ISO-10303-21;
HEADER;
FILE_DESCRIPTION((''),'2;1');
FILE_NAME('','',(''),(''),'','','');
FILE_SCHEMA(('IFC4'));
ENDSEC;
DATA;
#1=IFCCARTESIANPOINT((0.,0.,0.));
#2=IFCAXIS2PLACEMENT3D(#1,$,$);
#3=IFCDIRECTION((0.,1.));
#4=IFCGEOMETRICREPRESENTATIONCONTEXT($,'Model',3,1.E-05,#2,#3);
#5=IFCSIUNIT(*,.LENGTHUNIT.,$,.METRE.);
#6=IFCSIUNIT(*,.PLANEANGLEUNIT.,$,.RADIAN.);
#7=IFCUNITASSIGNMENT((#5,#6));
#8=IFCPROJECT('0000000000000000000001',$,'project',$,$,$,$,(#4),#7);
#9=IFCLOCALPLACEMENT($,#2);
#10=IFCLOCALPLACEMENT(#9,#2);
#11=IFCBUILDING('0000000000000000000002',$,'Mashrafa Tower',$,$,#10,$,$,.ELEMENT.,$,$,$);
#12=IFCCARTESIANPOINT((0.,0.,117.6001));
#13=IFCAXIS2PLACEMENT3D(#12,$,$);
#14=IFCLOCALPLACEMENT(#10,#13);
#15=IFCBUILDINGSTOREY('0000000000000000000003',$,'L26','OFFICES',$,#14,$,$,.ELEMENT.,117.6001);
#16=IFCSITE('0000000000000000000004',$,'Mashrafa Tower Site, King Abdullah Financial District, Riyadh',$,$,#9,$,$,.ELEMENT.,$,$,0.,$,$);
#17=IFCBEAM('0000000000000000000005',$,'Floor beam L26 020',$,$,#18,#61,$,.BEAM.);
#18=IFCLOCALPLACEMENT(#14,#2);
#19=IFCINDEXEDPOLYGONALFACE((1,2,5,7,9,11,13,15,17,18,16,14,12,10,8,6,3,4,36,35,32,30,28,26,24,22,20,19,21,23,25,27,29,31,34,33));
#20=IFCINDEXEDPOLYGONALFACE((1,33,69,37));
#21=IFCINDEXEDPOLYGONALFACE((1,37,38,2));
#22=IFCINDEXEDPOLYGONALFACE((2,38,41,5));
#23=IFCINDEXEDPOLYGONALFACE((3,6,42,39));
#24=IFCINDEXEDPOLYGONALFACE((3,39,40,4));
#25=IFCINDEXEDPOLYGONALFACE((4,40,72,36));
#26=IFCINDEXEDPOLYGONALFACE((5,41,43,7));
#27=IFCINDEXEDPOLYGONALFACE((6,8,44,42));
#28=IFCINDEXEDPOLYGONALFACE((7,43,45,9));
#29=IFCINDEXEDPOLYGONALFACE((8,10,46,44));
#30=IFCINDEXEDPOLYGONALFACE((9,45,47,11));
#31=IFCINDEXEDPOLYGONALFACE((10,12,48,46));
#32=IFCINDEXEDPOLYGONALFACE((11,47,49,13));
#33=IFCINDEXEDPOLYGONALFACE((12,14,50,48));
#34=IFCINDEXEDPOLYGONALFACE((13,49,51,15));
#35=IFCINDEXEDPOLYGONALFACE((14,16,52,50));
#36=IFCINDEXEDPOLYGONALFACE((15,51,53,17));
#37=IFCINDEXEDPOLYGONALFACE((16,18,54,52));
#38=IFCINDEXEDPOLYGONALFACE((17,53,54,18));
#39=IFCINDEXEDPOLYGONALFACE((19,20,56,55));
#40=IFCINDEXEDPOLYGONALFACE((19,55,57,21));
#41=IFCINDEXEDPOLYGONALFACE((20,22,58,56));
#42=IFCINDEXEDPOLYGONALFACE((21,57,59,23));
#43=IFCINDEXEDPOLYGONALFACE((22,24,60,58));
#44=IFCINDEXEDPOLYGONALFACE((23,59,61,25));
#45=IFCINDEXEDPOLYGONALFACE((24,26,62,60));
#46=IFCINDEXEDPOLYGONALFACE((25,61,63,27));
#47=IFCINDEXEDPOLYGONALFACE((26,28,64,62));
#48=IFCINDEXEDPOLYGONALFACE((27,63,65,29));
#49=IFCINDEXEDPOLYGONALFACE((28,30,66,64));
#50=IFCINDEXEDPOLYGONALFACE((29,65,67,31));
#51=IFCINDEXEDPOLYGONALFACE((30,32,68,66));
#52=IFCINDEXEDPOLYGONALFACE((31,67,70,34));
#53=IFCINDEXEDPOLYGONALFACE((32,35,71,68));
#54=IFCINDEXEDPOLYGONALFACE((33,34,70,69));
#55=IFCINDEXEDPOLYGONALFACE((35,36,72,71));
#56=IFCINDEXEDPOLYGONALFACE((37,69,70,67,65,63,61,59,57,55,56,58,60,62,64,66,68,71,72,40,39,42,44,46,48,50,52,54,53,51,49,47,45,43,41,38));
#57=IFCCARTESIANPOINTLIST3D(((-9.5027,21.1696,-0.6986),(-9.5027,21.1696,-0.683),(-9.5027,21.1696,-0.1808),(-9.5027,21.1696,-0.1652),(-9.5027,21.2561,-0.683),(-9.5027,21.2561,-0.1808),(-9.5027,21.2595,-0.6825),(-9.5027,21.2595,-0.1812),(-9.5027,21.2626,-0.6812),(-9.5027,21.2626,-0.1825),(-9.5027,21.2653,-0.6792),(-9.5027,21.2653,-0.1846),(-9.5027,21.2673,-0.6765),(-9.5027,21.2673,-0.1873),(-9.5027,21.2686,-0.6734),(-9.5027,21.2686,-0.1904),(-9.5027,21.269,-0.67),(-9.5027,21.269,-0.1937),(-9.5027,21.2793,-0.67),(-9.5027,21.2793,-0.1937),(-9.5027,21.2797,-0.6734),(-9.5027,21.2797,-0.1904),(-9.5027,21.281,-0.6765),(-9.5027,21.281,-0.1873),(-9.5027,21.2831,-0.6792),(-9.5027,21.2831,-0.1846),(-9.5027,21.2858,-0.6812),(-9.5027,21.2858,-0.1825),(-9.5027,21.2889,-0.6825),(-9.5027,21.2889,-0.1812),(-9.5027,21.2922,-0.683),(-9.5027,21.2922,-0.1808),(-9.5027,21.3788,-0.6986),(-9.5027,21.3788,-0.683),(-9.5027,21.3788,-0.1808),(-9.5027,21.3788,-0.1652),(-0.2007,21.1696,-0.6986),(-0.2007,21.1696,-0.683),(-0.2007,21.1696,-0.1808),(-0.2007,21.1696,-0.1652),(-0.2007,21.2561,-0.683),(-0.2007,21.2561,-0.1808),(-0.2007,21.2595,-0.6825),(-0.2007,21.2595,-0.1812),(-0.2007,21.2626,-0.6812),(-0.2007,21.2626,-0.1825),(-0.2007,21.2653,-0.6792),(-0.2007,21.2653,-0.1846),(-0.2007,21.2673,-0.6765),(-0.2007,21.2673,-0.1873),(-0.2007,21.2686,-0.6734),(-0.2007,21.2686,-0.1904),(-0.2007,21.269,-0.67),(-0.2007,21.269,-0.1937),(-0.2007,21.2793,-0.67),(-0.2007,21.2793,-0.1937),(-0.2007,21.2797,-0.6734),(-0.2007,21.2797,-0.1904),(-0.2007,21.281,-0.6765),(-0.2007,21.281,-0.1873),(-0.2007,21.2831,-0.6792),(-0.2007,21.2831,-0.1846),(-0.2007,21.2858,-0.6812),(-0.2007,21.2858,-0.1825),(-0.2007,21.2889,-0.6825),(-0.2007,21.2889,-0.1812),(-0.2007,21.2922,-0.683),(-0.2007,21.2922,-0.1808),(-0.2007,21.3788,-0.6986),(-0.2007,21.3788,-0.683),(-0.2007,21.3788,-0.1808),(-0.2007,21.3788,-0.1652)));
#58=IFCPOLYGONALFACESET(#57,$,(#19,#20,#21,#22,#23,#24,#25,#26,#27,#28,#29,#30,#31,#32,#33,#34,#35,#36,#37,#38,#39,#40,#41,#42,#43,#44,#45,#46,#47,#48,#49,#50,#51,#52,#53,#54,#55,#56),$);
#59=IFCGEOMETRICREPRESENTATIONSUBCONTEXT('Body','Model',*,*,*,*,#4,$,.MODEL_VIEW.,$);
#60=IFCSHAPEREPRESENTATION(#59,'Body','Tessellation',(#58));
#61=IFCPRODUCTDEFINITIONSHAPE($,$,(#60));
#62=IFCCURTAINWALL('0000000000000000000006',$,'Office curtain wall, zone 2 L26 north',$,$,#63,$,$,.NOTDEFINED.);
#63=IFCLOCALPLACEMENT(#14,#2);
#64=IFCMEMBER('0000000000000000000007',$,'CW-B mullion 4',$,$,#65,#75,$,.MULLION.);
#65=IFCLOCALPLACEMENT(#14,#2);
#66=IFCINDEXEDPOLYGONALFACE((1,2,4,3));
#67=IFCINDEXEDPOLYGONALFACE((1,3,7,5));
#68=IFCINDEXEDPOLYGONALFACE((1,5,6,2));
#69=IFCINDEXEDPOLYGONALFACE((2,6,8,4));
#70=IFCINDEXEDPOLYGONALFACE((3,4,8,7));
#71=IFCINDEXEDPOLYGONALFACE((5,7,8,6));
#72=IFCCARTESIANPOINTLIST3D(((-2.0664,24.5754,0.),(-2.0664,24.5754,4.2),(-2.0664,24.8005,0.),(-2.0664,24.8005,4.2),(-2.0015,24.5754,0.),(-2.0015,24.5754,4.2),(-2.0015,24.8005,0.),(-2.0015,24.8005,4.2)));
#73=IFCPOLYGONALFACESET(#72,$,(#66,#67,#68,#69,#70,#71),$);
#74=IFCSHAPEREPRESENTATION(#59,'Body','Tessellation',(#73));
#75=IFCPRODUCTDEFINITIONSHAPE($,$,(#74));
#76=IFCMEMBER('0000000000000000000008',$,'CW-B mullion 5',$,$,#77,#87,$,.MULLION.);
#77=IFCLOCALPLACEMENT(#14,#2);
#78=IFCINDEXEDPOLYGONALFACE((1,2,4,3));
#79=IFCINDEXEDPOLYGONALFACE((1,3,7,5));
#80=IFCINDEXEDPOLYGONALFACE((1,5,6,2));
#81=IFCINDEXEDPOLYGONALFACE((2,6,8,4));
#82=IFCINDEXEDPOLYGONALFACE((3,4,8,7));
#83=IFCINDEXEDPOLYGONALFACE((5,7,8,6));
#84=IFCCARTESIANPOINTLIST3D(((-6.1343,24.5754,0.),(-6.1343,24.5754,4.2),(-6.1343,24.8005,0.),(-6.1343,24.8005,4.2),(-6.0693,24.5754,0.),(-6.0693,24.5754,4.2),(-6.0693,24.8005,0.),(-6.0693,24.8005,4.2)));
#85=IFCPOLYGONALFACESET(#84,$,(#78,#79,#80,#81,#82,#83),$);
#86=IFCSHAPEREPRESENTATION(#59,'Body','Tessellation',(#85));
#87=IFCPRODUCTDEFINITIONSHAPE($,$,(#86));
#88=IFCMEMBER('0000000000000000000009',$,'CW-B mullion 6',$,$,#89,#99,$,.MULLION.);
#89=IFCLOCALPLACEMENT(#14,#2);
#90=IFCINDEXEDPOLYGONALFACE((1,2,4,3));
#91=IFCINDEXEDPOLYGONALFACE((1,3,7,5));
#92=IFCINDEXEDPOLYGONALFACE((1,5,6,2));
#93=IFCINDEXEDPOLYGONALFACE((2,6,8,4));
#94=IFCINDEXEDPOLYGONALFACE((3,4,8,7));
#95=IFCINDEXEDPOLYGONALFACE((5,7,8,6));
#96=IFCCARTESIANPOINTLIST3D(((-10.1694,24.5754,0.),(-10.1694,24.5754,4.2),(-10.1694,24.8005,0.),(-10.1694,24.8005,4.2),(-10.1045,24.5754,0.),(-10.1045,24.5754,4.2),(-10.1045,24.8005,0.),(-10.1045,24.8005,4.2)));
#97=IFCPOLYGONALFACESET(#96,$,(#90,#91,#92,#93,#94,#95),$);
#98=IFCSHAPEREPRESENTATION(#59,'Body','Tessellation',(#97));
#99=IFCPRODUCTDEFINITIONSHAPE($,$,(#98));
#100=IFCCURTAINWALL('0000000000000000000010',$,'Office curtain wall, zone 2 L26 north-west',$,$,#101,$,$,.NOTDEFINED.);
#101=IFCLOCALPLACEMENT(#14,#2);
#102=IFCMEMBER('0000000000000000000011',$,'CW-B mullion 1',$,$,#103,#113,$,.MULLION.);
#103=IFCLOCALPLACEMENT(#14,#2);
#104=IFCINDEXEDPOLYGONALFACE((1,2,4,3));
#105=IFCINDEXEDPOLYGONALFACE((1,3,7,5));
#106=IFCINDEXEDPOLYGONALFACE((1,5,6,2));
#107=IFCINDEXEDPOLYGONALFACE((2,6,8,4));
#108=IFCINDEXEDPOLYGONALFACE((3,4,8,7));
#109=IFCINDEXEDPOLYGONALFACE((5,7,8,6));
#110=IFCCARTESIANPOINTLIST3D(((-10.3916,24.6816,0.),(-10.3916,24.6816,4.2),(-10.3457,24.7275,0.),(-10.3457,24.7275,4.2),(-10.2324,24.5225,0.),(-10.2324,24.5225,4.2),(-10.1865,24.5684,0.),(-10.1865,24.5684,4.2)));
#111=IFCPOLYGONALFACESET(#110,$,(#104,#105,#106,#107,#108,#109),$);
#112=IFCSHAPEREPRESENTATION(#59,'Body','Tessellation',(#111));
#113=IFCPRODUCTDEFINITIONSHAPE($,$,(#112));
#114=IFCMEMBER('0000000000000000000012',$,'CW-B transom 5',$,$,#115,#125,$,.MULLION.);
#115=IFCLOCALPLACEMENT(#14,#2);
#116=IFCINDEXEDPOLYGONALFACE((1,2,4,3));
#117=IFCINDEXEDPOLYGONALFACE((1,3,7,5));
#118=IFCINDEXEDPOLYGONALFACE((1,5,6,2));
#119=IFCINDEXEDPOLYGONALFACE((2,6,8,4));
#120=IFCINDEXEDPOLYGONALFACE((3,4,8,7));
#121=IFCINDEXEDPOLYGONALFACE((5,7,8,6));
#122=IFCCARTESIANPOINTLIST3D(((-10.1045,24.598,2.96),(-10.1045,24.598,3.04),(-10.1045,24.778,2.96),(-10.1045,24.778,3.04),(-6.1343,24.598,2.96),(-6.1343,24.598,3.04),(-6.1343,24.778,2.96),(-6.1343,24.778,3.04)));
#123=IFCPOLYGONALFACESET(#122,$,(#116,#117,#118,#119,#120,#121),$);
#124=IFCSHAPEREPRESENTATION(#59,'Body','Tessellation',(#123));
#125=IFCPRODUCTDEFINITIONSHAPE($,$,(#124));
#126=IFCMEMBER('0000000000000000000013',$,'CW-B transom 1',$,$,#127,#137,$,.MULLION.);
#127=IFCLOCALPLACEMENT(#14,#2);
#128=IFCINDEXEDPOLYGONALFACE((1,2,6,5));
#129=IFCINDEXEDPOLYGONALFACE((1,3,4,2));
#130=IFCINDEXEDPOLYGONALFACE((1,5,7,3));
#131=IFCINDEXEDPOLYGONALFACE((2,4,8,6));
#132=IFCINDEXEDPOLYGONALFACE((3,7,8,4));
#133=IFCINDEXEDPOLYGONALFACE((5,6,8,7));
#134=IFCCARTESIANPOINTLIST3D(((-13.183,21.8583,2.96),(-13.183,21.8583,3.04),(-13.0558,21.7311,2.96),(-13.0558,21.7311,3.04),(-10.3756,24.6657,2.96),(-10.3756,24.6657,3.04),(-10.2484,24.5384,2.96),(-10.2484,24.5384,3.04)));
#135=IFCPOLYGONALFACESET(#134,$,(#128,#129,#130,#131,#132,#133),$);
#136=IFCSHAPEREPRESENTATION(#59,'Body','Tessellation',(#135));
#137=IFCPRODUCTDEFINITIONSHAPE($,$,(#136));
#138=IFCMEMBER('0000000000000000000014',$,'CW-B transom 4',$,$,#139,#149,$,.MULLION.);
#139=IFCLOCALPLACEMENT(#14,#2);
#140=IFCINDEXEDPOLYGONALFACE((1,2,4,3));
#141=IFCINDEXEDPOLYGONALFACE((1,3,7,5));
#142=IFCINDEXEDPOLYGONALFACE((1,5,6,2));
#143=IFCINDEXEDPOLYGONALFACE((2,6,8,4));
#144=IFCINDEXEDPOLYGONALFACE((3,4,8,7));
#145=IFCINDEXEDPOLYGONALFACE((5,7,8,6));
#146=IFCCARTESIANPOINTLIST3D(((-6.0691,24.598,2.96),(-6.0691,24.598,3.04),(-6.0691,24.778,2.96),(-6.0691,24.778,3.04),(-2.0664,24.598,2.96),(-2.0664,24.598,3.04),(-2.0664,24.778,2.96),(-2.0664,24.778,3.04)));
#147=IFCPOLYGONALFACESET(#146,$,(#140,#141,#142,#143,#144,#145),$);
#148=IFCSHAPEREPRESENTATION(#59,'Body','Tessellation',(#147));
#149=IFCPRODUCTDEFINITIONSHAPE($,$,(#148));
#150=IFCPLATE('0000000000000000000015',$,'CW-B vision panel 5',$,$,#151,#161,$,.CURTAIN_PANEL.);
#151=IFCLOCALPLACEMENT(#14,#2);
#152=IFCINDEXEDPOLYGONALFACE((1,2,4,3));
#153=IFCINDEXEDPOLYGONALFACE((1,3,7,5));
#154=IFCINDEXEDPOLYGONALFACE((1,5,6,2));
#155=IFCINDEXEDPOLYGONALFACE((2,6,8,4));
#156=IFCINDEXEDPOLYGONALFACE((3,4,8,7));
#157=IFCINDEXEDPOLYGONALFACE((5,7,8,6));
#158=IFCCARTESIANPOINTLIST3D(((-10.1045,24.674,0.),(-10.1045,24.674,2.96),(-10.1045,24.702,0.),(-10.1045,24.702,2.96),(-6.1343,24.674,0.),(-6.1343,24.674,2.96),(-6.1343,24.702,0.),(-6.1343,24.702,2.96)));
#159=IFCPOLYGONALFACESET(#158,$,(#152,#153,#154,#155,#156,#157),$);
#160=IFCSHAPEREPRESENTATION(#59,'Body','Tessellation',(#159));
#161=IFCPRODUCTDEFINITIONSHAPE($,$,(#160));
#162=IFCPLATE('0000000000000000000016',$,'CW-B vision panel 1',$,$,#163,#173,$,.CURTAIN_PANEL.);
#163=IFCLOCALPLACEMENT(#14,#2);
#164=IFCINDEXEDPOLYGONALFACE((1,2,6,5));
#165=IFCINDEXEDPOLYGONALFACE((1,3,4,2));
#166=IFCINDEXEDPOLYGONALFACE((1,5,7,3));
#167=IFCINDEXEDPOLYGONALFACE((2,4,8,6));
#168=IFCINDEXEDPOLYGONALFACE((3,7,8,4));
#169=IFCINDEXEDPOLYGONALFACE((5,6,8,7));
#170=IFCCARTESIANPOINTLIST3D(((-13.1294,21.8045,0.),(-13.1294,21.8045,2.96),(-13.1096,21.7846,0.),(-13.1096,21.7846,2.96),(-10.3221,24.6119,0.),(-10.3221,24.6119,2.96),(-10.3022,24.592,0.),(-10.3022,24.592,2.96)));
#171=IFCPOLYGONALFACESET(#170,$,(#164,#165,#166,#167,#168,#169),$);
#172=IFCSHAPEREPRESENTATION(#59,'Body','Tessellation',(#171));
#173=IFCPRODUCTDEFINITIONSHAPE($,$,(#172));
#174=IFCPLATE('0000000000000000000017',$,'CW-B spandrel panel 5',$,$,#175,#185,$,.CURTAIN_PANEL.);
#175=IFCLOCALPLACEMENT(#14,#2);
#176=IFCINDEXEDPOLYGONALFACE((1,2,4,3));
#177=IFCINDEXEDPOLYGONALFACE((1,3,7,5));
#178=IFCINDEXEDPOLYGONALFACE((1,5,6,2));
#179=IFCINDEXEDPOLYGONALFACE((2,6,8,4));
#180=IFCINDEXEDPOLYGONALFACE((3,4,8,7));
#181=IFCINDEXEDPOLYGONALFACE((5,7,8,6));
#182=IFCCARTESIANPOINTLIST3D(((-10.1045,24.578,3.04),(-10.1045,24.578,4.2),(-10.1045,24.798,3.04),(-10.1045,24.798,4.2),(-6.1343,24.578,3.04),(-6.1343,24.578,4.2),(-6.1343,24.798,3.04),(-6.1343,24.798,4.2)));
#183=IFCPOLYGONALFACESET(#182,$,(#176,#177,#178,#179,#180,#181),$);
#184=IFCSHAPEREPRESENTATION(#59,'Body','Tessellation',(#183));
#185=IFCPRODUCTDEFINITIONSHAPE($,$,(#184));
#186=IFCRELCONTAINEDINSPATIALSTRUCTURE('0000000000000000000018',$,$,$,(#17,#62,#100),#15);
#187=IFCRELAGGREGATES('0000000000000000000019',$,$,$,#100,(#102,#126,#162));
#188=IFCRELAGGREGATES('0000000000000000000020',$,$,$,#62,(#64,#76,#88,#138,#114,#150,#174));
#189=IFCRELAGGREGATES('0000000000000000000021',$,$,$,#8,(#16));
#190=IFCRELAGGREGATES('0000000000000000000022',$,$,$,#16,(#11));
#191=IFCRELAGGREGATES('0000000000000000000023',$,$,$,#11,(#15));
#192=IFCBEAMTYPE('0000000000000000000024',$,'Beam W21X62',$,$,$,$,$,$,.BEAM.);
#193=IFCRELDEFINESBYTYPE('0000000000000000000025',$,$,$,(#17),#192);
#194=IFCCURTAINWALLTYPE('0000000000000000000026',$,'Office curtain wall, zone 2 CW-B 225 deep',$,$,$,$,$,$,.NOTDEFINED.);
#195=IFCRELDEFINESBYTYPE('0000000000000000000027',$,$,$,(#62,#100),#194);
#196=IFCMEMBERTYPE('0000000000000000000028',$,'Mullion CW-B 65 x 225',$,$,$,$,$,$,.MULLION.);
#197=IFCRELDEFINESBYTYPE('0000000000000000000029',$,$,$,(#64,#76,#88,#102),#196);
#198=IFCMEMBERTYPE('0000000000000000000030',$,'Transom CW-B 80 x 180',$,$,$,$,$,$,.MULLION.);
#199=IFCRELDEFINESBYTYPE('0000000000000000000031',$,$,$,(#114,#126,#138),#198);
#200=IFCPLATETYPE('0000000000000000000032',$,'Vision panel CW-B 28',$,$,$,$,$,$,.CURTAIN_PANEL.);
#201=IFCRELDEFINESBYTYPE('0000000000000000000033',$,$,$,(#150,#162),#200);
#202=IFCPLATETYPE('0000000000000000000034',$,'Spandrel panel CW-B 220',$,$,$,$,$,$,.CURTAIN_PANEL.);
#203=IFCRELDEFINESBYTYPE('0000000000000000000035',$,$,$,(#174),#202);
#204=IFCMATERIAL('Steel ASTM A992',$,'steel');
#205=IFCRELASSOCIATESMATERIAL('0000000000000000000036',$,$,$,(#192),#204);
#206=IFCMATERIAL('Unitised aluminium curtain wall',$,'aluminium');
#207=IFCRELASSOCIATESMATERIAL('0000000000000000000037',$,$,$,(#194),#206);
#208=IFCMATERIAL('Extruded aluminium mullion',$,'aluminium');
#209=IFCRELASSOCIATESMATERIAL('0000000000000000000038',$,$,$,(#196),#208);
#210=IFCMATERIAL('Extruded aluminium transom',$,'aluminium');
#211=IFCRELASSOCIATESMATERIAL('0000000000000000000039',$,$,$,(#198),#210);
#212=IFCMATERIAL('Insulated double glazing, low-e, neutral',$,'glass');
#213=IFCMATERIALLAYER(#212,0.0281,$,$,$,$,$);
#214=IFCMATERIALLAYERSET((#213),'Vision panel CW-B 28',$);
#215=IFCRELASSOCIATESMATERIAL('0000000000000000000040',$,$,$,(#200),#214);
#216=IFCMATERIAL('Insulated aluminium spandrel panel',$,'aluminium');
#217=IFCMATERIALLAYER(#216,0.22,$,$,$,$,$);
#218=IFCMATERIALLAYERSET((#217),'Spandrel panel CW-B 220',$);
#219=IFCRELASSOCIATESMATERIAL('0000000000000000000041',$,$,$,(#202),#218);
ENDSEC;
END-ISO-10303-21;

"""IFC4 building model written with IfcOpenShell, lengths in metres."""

from ifc_helpers import new_model, si_unit, direction, frame, origin, origin_2d, place, context, subcontext, project, spatial, rectangle, i_section, extrude, source, transform, mapped, material, layer, layer_set, material_profile, profile_set, type_object, type_shapes, element, aggregate, save


model = new_model("IFC4")

# Units and contexts
model_context = context("Model", 3, precision=1e-05, world=origin(), true_north=direction((0.0, 1.0)))
body_context = subcontext(model_context, "Body", "Model", "MODEL_VIEW")
ifc_project = project(units=[si_unit("LENGTHUNIT", "METRE"), si_unit("PLANEANGLEUNIT", "RADIAN")], contexts=[model_context])

# Site, building, storey
site_placement = place(None, origin())
site = spatial("IfcSite", under=ifc_project, at=site_placement, Name="Mashrafa Tower Site, King Abdullah Financial District, Riyadh", CompositionType="ELEMENT", RefElevation=0.0)
building_placement = place(site_placement, origin())
building = spatial("IfcBuilding", under=site, at=building_placement, Name="Mashrafa Tower", CompositionType="ELEMENT")
storey_placement = place(building_placement, frame((0.0, 0.0, 117.6001)))
storey = spatial("IfcBuildingStorey", under=building, at=storey_placement, Name="L26", Description="OFFICES", CompositionType="ELEMENT", Elevation=117.6001)

# Beam
ifc_material_1 = material(Name="Steel ASTM A992", Category="steel")
ifc_material_profile_1 = material_profile(ifc_material_1, i_section(OverallWidth=0.2092, OverallDepth=0.5334, WebThickness=0.0103, FlangeThickness=0.0156, FilletRadius=0.0129, at=origin_2d()), Name="W21X62")
ifc_profile_set_1 = profile_set([ifc_material_profile_1], Name="Steel ASTM A992")
beam_type_1 = type_object("IfcBeamType", Name="Beam W21X62", PredefinedType="BEAM", material=ifc_profile_set_1)
beam_1_placement = place(storey_placement, frame((-9.5027, 21.2742, -0.4319), z_axis=(1.0, 0.0, 0.0), x_axis=(0.0, 1.0, 0.0)))
element("IfcBeam", 1, at=beam_1_placement, inside=storey, type_object=beam_type_1, Name="Floor beam L26 020", PredefinedType="BEAM", context=body_context, shape_type="SweptSolid", body=[
    extrude(i_section(OverallWidth=0.2092, OverallDepth=0.5334, WebThickness=0.0103, FlangeThickness=0.0156, FilletRadius=0.0129, at=origin_2d()), origin(), (0.0, 0.0, 1.0), 9.302),
])

# Curtain wall, members
ifc_material_2 = material(Name="Unitised aluminium curtain wall", Category="aluminium")
curtain_wall_type = type_object("IfcCurtainWallType", Name="Office curtain wall, zone 2 CW-B 225 deep", PredefinedType="NOTDEFINED", material=ifc_material_2)
curtain_wall_1_placement = place(storey_placement, origin())
curtain_wall_1 = element("IfcCurtainWall", 2, at=curtain_wall_1_placement, inside=storey, type_object=curtain_wall_type, Name="Office curtain wall, zone 2 L26 north", PredefinedType="NOTDEFINED")
ifc_material_3 = material(Name="Extruded aluminium mullion", Category="aluminium")
ifc_material_profile_2 = material_profile(ifc_material_3, rectangle(XDim=0.2251, YDim=0.0649, at=origin_2d()), Name="Mullion 65x225")
ifc_profile_set_2 = profile_set([ifc_material_profile_2], Name="Extruded aluminium mullion")
member_type_1 = type_object("IfcMemberType", Name="Mullion CW-B 65 x 225", PredefinedType="MULLION", material=ifc_profile_set_2)
shared_shape_1 = source(origin(), body_context, "Body", "SweptSolid", [
    extrude(rectangle(XDim=0.2251, YDim=0.0649, at=origin_2d()), origin(), (0.0, 0.0, 1.0), 4.2),
])
type_shapes(member_type_1, [shared_shape_1])
member_1_placement = place(storey_placement, frame((-2.0339, 24.688, 0.0), z_axis=(0.0, 0.0, 1.0), x_axis=(0.0, -1.0, 0.0)))
member_1 = element("IfcMember", 3, at=member_1_placement, type_object=member_type_1, Name="CW-B mullion 4", PredefinedType="MULLION", context=body_context, shape_type="MappedRepresentation", body=[
    mapped(shared_shape_1, transform((0.0, 0.0, 0.0))),
])
member_2_placement = place(storey_placement, frame((-6.1018, 24.688, 0.0), z_axis=(0.0, 0.0, 1.0), x_axis=(0.0, -1.0, 0.0)))
member_2 = element("IfcMember", 4, at=member_2_placement, type_object=member_type_1, Name="CW-B mullion 5", PredefinedType="MULLION", context=body_context, shape_type="MappedRepresentation", body=[
    mapped(shared_shape_1, transform((0.0, 0.0, 0.0))),
])
member_3_placement = place(storey_placement, frame((-10.137, 24.688, 0.0), z_axis=(0.0, 0.0, 1.0), x_axis=(0.0, -1.0, 0.0)))
member_3 = element("IfcMember", 5, at=member_3_placement, type_object=member_type_1, Name="CW-B mullion 6", PredefinedType="MULLION", context=body_context, shape_type="MappedRepresentation", body=[
    mapped(shared_shape_1, transform((0.0, 0.0, 0.0))),
])

# Curtain wall, member
curtain_wall_2_placement = place(storey_placement, origin())
curtain_wall_2 = element("IfcCurtainWall", 6, at=curtain_wall_2_placement, inside=storey, type_object=curtain_wall_type, Name="Office curtain wall, zone 2 L26 north-west", PredefinedType="NOTDEFINED")
member_4_placement = place(storey_placement, frame((-10.2891, 24.625, 0.0), z_axis=(0.0, 0.0, 1.0), x_axis=(0.707107, -0.707107, 0.0)))
member_4 = element("IfcMember", 7, at=member_4_placement, type_object=member_type_1, Name="CW-B mullion 1", PredefinedType="MULLION", context=body_context, shape_type="MappedRepresentation", body=[
    mapped(shared_shape_1, transform((0.0, 0.0, 0.0))),
])

# Members
ifc_material_4 = material(Name="Extruded aluminium transom", Category="aluminium")
ifc_material_profile_3 = material_profile(ifc_material_4, rectangle(XDim=0.1799, YDim=0.0801, at=origin_2d()), Name="Transom 80x180")
ifc_profile_set_3 = profile_set([ifc_material_profile_3], Name="Extruded aluminium transom")
member_type_2 = type_object("IfcMemberType", Name="Transom CW-B 80 x 180", PredefinedType="MULLION", material=ifc_profile_set_3)
shared_shape_2 = source(origin(), body_context, "Body", "SweptSolid", [
    extrude(rectangle(XDim=0.1799, YDim=0.0801, at=origin_2d()), origin(), (0.0, 0.0, 1.0), 3.9702),
])
member_5_placement = place(storey_placement, frame((-6.1343, 24.688, 3.0), z_axis=(-1.0, 0.0, 0.0), x_axis=(0.0, -1.0, 0.0)))
member_5 = element("IfcMember", 8, at=member_5_placement, type_object=member_type_2, Name="CW-B transom 5", PredefinedType="MULLION", context=body_context, shape_type="MappedRepresentation", body=[
    mapped(shared_shape_2, transform((0.0, 0.0, 0.0))),
])
member_6_placement = place(storey_placement, frame((-10.312, 24.6021, 3.0), z_axis=(-0.707107, -0.707107, 0.0), x_axis=(0.707107, -0.707107, 0.0)))
member_6 = element("IfcMember", 9, at=member_6_placement, type_object=member_type_2, Name="CW-B transom 1", PredefinedType="MULLION", context=body_context, shape_type="MappedRepresentation", body=[
    mapped(shared_shape_2, transform((0.0, 0.0, 0.0))),
])
shared_shape_3 = source(origin(), body_context, "Body", "SweptSolid", [
    extrude(rectangle(XDim=0.1799, YDim=0.0801, at=origin_2d()), origin(), (0.0, 0.0, 1.0), 4.0027),
])
type_shapes(member_type_2, [shared_shape_2, shared_shape_3])
member_7_placement = place(storey_placement, frame((-2.0664, 24.688, 3.0), z_axis=(-1.0, 0.0, 0.0), x_axis=(0.0, -1.0, 0.0)))
member_7 = element("IfcMember", 10, at=member_7_placement, type_object=member_type_2, Name="CW-B transom 4", PredefinedType="MULLION", context=body_context, shape_type="MappedRepresentation", body=[
    mapped(shared_shape_3, transform((0.0, 0.0, 0.0))),
])

# Plates
ifc_material_5 = material(Name="Insulated double glazing, low-e, neutral", Category="glass")
ifc_layer_1 = layer(ifc_material_5, 0.0281)
ifc_layer_set_1 = layer_set([ifc_layer_1], Name="Vision panel CW-B 28")
plate_type_1 = type_object("IfcPlateType", Name="Vision panel CW-B 28", PredefinedType="CURTAIN_PANEL", material=ifc_layer_set_1)
shared_shape_4 = source(origin(), body_context, "Body", "SweptSolid", [
    extrude(rectangle(XDim=3.9702, YDim=0.0281, at=origin_2d()), origin(), (0.0, 0.0, 1.0), 2.96),
])
plate_1_placement = place(storey_placement, frame((-8.1194, 24.688, 0.0), z_axis=(0.0, 0.0, 1.0), x_axis=(-1.0, 0.0, 0.0)))
plate_1 = element("IfcPlate", 11, at=plate_1_placement, type_object=plate_type_1, Name="CW-B vision panel 5", PredefinedType="CURTAIN_PANEL", context=body_context, shape_type="MappedRepresentation", body=[
    mapped(shared_shape_4, transform((0.0, 0.0, 0.0))),
])
plate_2_placement = place(storey_placement, frame((-11.7158, 23.1982, 0.0), z_axis=(0.0, 0.0, 1.0), x_axis=(-0.707107, -0.707107, 0.0)))
plate_2 = element("IfcPlate", 12, at=plate_2_placement, type_object=plate_type_1, Name="CW-B vision panel 1", PredefinedType="CURTAIN_PANEL", context=body_context, shape_type="MappedRepresentation", body=[
    mapped(shared_shape_4, transform((0.0, 0.0, 0.0))),
])
ifc_material_6 = material(Name="Insulated aluminium spandrel panel", Category="aluminium")
ifc_layer_2 = layer(ifc_material_6, 0.22)
ifc_layer_set_2 = layer_set([ifc_layer_2], Name="Spandrel panel CW-B 220")
plate_type_2 = type_object("IfcPlateType", Name="Spandrel panel CW-B 220", PredefinedType="CURTAIN_PANEL", material=ifc_layer_set_2)
shared_shape_5 = source(origin(), body_context, "Body", "SweptSolid", [
    extrude(rectangle(XDim=3.9702, YDim=0.22, at=origin_2d()), origin(), (0.0, 0.0, 1.0), 1.1599),
])
plate_3_placement = place(storey_placement, frame((-8.1194, 24.688, 3.04), z_axis=(0.0, 0.0, 1.0), x_axis=(-1.0, 0.0, 0.0)))
plate_3 = element("IfcPlate", 13, at=plate_3_placement, type_object=plate_type_2, Name="CW-B spandrel panel 5", PredefinedType="CURTAIN_PANEL", context=body_context, shape_type="MappedRepresentation", body=[
    mapped(shared_shape_5, transform((0.0, 0.0, 0.0))),
])
aggregate(curtain_wall_2, [member_4, member_6, plate_2])
aggregate(curtain_wall_1, [member_1, member_2, member_3, member_7, member_5, plate_1, plate_3])

save(model, "model.ifc")
